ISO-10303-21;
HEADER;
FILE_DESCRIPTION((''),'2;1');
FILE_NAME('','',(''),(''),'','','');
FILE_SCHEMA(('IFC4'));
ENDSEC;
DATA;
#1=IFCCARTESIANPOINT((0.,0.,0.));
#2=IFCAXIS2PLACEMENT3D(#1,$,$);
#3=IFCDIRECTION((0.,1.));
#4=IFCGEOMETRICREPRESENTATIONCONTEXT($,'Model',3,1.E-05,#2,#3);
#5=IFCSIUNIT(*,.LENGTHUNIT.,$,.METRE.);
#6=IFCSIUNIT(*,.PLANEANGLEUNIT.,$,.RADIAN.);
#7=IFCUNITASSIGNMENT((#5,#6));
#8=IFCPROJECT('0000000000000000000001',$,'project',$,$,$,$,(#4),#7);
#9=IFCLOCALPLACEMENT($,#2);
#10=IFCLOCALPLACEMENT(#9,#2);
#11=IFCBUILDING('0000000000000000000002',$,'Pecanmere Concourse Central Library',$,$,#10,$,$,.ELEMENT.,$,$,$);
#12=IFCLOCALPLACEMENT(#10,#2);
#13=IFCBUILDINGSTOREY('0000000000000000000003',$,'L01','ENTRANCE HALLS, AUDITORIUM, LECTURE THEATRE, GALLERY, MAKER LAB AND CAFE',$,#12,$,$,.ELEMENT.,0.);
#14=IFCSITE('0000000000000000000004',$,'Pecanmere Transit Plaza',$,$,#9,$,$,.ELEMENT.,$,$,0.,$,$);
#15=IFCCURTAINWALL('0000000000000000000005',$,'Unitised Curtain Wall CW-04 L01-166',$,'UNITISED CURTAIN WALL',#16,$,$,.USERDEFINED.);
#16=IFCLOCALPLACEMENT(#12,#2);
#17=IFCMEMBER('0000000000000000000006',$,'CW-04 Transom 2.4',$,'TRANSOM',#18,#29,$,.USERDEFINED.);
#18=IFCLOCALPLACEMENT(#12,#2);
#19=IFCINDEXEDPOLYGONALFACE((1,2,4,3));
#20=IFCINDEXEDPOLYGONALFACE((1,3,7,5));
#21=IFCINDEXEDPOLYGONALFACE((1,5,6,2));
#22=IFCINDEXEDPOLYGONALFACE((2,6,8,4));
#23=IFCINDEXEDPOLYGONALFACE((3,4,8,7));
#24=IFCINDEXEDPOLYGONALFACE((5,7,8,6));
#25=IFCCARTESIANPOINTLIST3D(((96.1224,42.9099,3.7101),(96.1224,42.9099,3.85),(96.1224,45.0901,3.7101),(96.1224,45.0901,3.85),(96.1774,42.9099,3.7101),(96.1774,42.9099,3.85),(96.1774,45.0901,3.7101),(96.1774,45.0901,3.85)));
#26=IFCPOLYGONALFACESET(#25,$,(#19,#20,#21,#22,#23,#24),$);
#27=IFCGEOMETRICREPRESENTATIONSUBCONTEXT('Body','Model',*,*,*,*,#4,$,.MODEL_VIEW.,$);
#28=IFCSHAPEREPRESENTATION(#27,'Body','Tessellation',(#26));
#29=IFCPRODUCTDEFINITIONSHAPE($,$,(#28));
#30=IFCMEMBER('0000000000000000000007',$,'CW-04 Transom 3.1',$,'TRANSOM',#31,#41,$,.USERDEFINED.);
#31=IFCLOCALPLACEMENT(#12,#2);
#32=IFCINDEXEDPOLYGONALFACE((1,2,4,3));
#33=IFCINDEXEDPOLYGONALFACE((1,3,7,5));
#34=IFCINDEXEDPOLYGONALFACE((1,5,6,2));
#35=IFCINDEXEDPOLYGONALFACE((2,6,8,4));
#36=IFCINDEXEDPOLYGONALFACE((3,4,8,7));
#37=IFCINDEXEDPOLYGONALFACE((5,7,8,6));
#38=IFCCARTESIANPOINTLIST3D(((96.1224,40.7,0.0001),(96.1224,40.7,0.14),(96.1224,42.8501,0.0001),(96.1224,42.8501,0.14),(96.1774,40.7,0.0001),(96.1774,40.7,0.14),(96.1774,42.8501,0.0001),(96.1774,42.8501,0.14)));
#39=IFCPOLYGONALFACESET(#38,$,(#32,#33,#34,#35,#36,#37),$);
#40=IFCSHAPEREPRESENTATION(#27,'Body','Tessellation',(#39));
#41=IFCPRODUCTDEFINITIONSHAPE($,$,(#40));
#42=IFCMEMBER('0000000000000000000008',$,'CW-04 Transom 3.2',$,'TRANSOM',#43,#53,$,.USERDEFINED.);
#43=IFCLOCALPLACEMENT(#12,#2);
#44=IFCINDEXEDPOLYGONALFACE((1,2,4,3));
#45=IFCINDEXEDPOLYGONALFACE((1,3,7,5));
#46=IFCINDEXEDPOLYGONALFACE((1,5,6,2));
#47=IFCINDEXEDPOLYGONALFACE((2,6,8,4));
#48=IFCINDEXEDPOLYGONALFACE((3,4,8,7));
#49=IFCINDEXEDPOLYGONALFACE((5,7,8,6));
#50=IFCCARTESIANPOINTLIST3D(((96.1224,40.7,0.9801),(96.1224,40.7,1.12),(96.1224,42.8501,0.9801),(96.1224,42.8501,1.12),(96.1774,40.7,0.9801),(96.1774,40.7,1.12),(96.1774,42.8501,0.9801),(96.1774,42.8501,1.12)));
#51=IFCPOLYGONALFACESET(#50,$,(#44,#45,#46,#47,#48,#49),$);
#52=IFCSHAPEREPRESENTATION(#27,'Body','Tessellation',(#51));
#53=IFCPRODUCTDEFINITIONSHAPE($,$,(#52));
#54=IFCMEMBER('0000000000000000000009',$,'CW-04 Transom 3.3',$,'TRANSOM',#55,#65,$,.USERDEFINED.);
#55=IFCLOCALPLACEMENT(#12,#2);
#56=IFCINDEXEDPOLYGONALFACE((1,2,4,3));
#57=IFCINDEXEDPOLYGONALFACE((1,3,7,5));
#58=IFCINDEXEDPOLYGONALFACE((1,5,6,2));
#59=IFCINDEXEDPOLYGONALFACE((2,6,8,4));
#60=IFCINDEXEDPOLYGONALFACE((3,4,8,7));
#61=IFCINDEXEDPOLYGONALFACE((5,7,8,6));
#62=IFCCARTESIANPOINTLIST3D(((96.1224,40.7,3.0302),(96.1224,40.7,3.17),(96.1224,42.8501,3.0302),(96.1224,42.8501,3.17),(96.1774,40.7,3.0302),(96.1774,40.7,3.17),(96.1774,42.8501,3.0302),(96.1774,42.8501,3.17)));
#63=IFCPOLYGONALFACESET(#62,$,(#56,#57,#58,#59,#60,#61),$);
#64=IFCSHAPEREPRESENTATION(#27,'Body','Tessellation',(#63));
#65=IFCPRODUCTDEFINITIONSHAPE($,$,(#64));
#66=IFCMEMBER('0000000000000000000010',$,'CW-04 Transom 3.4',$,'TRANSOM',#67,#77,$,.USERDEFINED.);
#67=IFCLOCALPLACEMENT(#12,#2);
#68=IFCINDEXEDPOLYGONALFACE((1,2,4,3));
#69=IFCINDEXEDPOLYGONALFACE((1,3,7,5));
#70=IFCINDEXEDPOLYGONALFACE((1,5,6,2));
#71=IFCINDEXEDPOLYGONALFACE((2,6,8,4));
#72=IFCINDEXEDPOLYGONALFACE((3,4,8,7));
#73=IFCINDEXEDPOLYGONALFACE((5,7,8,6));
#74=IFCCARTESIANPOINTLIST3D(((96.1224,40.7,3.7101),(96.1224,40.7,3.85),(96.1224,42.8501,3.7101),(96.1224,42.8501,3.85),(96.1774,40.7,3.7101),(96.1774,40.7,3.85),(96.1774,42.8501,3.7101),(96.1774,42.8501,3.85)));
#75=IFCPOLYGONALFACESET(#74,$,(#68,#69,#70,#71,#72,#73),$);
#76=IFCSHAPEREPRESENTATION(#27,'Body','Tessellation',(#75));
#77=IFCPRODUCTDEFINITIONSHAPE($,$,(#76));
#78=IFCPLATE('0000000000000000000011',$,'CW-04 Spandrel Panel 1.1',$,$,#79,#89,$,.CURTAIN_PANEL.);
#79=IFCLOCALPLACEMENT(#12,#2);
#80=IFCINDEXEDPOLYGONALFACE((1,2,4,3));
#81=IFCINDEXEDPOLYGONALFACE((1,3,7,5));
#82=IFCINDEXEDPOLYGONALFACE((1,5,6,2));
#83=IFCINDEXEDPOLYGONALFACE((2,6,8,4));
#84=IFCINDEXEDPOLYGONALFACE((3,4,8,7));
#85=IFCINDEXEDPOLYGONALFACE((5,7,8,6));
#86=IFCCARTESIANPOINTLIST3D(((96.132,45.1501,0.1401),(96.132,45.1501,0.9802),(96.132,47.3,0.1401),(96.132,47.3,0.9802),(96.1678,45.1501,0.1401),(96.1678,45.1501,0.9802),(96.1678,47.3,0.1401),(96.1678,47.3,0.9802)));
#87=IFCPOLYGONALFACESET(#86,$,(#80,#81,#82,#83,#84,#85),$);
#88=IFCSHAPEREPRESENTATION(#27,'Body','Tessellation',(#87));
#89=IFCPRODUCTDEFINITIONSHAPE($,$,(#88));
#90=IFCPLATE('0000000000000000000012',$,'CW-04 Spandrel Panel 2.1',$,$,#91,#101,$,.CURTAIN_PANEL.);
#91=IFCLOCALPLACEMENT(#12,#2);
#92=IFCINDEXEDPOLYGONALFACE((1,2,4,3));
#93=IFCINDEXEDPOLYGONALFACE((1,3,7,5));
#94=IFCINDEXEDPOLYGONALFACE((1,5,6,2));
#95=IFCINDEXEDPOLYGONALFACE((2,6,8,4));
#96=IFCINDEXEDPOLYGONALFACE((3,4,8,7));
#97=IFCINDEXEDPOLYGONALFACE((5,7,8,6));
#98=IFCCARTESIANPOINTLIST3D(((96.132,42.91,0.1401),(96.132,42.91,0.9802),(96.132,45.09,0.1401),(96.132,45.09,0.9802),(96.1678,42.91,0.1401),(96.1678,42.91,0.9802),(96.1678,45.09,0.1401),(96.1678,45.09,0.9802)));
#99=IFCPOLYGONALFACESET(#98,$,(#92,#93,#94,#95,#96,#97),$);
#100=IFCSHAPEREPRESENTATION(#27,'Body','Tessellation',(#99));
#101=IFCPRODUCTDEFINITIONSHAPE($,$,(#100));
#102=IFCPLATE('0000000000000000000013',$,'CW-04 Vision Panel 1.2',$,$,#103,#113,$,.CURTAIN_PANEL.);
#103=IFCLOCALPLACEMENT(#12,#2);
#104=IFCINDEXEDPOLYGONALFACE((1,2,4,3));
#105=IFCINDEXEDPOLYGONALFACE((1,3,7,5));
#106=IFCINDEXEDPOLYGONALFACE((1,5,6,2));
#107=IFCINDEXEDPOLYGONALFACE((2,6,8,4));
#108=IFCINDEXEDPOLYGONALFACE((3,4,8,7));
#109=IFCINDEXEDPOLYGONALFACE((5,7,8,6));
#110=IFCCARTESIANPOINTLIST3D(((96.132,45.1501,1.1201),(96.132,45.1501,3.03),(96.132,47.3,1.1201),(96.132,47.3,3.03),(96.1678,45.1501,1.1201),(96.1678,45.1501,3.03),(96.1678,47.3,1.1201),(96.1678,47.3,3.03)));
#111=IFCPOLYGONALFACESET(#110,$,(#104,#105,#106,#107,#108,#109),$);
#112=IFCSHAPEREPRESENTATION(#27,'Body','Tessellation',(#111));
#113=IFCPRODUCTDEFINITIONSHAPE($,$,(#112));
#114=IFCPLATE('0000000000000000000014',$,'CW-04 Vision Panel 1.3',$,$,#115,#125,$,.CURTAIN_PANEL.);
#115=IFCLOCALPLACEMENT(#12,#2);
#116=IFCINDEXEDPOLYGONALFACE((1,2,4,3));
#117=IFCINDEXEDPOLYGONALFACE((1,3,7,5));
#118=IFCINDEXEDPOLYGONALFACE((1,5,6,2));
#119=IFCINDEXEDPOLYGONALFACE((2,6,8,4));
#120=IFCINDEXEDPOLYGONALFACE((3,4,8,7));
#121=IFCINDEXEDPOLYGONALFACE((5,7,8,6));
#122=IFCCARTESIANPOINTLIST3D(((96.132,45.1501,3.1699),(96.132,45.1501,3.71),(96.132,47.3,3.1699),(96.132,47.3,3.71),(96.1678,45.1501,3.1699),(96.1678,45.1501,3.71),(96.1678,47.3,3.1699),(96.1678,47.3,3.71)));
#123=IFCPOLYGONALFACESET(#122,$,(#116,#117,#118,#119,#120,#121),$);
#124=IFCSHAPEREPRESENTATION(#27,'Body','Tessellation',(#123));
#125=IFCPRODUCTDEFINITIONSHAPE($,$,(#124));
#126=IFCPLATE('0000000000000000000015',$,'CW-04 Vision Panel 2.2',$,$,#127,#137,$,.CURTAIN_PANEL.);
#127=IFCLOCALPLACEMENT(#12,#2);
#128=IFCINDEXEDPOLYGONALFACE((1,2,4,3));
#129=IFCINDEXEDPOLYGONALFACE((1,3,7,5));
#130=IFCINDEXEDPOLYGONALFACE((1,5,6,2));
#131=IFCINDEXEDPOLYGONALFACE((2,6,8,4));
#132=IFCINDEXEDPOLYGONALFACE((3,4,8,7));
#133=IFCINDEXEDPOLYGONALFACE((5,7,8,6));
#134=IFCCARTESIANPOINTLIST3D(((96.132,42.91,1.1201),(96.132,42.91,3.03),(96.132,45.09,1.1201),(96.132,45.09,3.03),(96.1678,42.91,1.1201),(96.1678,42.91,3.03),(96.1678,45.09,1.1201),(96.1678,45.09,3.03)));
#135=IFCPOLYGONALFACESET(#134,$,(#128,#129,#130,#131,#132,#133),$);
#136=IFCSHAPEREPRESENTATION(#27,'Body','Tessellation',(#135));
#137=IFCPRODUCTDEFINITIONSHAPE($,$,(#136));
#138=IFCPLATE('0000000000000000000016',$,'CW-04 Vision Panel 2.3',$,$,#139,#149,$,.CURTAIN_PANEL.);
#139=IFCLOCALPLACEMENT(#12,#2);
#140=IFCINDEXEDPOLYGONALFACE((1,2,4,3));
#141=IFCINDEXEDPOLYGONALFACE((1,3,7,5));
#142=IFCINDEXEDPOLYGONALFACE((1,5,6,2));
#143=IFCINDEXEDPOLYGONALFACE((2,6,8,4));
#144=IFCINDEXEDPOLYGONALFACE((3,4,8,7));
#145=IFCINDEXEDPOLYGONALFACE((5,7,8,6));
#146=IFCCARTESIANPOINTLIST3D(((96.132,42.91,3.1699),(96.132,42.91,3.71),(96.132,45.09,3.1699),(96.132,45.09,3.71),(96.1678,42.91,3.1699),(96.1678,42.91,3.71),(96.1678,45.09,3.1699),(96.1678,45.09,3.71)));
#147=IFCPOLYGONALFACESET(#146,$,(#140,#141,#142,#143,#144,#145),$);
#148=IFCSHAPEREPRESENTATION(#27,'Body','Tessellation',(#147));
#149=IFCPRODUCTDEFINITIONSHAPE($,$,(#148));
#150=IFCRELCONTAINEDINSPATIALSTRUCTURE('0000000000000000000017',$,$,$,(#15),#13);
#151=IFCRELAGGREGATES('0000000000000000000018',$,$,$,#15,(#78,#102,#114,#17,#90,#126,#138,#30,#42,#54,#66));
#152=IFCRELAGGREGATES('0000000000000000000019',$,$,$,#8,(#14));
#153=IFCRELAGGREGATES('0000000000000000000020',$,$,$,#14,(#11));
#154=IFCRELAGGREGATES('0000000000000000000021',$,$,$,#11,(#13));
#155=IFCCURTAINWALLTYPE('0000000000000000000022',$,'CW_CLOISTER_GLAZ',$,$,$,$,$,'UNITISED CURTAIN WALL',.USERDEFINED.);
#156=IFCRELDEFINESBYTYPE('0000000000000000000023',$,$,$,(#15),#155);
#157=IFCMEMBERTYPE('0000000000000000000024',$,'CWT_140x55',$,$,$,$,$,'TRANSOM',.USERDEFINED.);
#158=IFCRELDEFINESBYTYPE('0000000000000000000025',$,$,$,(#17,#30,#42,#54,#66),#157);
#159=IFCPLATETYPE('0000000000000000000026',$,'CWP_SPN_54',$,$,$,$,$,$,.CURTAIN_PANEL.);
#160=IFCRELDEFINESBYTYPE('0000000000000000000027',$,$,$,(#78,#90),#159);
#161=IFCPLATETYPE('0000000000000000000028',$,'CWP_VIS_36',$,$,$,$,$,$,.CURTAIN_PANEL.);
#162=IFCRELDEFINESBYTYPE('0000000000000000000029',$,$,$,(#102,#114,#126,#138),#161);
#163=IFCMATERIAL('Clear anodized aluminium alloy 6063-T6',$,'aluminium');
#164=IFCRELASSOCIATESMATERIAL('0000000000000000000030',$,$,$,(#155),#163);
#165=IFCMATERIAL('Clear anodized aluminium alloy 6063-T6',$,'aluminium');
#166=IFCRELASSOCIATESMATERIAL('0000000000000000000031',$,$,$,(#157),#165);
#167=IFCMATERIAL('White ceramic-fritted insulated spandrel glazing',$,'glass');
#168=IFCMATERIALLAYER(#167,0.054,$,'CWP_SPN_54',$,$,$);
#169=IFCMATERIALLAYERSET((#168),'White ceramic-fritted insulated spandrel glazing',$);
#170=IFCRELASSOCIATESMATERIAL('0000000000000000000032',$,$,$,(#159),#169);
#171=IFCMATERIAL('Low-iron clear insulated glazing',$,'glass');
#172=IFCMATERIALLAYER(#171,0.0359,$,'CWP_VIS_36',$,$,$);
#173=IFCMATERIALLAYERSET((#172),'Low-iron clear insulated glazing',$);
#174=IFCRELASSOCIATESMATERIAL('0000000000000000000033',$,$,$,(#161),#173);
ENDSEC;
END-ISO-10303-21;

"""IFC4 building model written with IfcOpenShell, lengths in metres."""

from ifc_helpers import new_model, si_unit, direction, frame, origin, origin_2d, place, context, subcontext, project, spatial, rectangle, extrude, material, layer, layer_set, material_profile, profile_set, type_object, element, aggregate, save


model = new_model("IFC4")

# Units and contexts
model_context = context("Model", 3, precision=1e-05, world=origin(), true_north=direction((0.0, 1.0)))
body_context = subcontext(model_context, "Body", "Model", "MODEL_VIEW")
ifc_project = project(units=[si_unit("LENGTHUNIT", "METRE"), si_unit("PLANEANGLEUNIT", "RADIAN")], contexts=[model_context])

# Site, building, storey
site_placement = place(None, origin())
site = spatial("IfcSite", under=ifc_project, at=site_placement, Name="Pecanmere Transit Plaza", CompositionType="ELEMENT", RefElevation=0.0)
building_placement = place(site_placement, origin())
building = spatial("IfcBuilding", under=site, at=building_placement, Name="Pecanmere Concourse Central Library", CompositionType="ELEMENT")
storey_placement = place(building_placement, origin())
storey = spatial("IfcBuildingStorey", under=building, at=storey_placement, Name="L01", Description="ENTRANCE HALLS, AUDITORIUM, LECTURE THEATRE, GALLERY, MAKER LAB AND CAFE", CompositionType="ELEMENT", Elevation=0.0)

# Curtain wall, members, plates
ifc_material_1 = material(Name="Clear anodized aluminium alloy 6063-T6", Category="aluminium")
curtain_wall_type = type_object("IfcCurtainWallType", Name="CW_CLOISTER_GLAZ", ElementType="UNITISED CURTAIN WALL", PredefinedType="USERDEFINED", material=ifc_material_1)
curtain_wall_placement = place(storey_placement, origin())
curtain_wall = element("IfcCurtainWall", 1, at=curtain_wall_placement, inside=storey, type_object=curtain_wall_type, Name="Unitised Curtain Wall CW-04 L01-166", ObjectType="UNITISED CURTAIN WALL", PredefinedType="USERDEFINED")
ifc_material_2 = material(Name="Clear anodized aluminium alloy 6063-T6", Category="aluminium")
ifc_material_profile_1 = material_profile(ifc_material_2, rectangle(XDim=0.0549, YDim=0.1399, at=origin_2d()), Name="AL 55x140")
ifc_profile_set_1 = profile_set([ifc_material_profile_1], Name="Clear anodized aluminium alloy 6063-T6")
member_type_1 = type_object("IfcMemberType", Name="CWT_140x55", ElementType="TRANSOM", PredefinedType="USERDEFINED", material=ifc_profile_set_1)
member_1_placement = place(storey_placement, frame((96.1499, 45.0901, 3.78), z_axis=(0.0, -1.0, 0.0), x_axis=(1.0, 0.0, 0.0)))
member_1 = element("IfcMember", 2, at=member_1_placement, type_object=member_type_1, Name="CW-04 Transom 2.4", ObjectType="TRANSOM", PredefinedType="USERDEFINED", context=body_context, shape_type="SweptSolid", body=[
    extrude(rectangle(XDim=0.0549, YDim=0.1399, at=origin_2d()), origin(), (0.0, 0.0, 1.0), 2.1802),
])
member_2_placement = place(storey_placement, frame((96.1499, 42.8501, 0.0701), z_axis=(0.0, -1.0, 0.0), x_axis=(1.0, 0.0, 0.0)))
member_2 = element("IfcMember", 3, at=member_2_placement, type_object=member_type_1, Name="CW-04 Transom 3.1", ObjectType="TRANSOM", PredefinedType="USERDEFINED", context=body_context, shape_type="SweptSolid", body=[
    extrude(rectangle(XDim=0.0549, YDim=0.1399, at=origin_2d()), origin(), (0.0, 0.0, 1.0), 2.1501),
])
member_3_placement = place(storey_placement, frame((96.1499, 42.8501, 1.05), z_axis=(0.0, -1.0, 0.0), x_axis=(1.0, 0.0, 0.0)))
member_3 = element("IfcMember", 4, at=member_3_placement, type_object=member_type_1, Name="CW-04 Transom 3.2", ObjectType="TRANSOM", PredefinedType="USERDEFINED", context=body_context, shape_type="SweptSolid", body=[
    extrude(rectangle(XDim=0.0549, YDim=0.1399, at=origin_2d()), origin(), (0.0, 0.0, 1.0), 2.1501),
])
member_4_placement = place(storey_placement, frame((96.1499, 42.8501, 3.1001), z_axis=(0.0, -1.0, 0.0), x_axis=(1.0, 0.0, 0.0)))
member_4 = element("IfcMember", 5, at=member_4_placement, type_object=member_type_1, Name="CW-04 Transom 3.3", ObjectType="TRANSOM", PredefinedType="USERDEFINED", context=body_context, shape_type="SweptSolid", body=[
    extrude(rectangle(XDim=0.0549, YDim=0.1399, at=origin_2d()), origin(), (0.0, 0.0, 1.0), 2.1501),
])
member_5_placement = place(storey_placement, frame((96.1499, 42.8501, 3.78), z_axis=(0.0, -1.0, 0.0), x_axis=(1.0, 0.0, 0.0)))
member_5 = element("IfcMember", 6, at=member_5_placement, type_object=member_type_1, Name="CW-04 Transom 3.4", ObjectType="TRANSOM", PredefinedType="USERDEFINED", context=body_context, shape_type="SweptSolid", body=[
    extrude(rectangle(XDim=0.0549, YDim=0.1399, at=origin_2d()), origin(), (0.0, 0.0, 1.0), 2.1501),
])
ifc_material_3 = material(Name="White ceramic-fritted insulated spandrel glazing", Category="glass")
ifc_layer_1 = layer(ifc_material_3, 0.054, Name="CWP_SPN_54")
ifc_layer_set_1 = layer_set([ifc_layer_1], Name="White ceramic-fritted insulated spandrel glazing")
plate_type_1 = type_object("IfcPlateType", Name="CWP_SPN_54", PredefinedType="CURTAIN_PANEL", material=ifc_layer_set_1)
plate_1_placement = place(storey_placement, frame((96.1499, 46.2251, 0.1401), z_axis=(0.0, 0.0, 1.0), x_axis=(0.0, -1.0, 0.0)))
plate_1 = element("IfcPlate", 7, at=plate_1_placement, type_object=plate_type_1, Name="CW-04 Spandrel Panel 1.1", PredefinedType="CURTAIN_PANEL", context=body_context, shape_type="SweptSolid", body=[
    extrude(rectangle(XDim=2.1499, YDim=0.0359, at=origin_2d()), origin(), (0.0, 0.0, 1.0), 0.8401),
])
plate_2_placement = place(storey_placement, frame((96.1499, 44.0, 0.1401), z_axis=(0.0, 0.0, 1.0), x_axis=(0.0, -1.0, 0.0)))
plate_2 = element("IfcPlate", 8, at=plate_2_placement, type_object=plate_type_1, Name="CW-04 Spandrel Panel 2.1", PredefinedType="CURTAIN_PANEL", context=body_context, shape_type="SweptSolid", body=[
    extrude(rectangle(XDim=2.1799, YDim=0.0359, at=origin_2d()), origin(), (0.0, 0.0, 1.0), 0.8401),
])
ifc_material_4 = material(Name="Low-iron clear insulated glazing", Category="glass")
ifc_layer_2 = layer(ifc_material_4, 0.0359, Name="CWP_VIS_36")
ifc_layer_set_2 = layer_set([ifc_layer_2], Name="Low-iron clear insulated glazing")
plate_type_2 = type_object("IfcPlateType", Name="CWP_VIS_36", PredefinedType="CURTAIN_PANEL", material=ifc_layer_set_2)
plate_3_placement = place(storey_placement, frame((96.1499, 46.2251, 1.1201), z_axis=(0.0, 0.0, 1.0), x_axis=(0.0, -1.0, 0.0)))
plate_3 = element("IfcPlate", 9, at=plate_3_placement, type_object=plate_type_2, Name="CW-04 Vision Panel 1.2", PredefinedType="CURTAIN_PANEL", context=body_context, shape_type="SweptSolid", body=[
    extrude(rectangle(XDim=2.1499, YDim=0.0359, at=origin_2d()), origin(), (0.0, 0.0, 1.0), 1.9099),
])
plate_4_placement = place(storey_placement, frame((96.1499, 46.2251, 3.1699), z_axis=(0.0, 0.0, 1.0), x_axis=(0.0, -1.0, 0.0)))
plate_4 = element("IfcPlate", 10, at=plate_4_placement, type_object=plate_type_2, Name="CW-04 Vision Panel 1.3", PredefinedType="CURTAIN_PANEL", context=body_context, shape_type="SweptSolid", body=[
    extrude(rectangle(XDim=2.1499, YDim=0.0359, at=origin_2d()), origin(), (0.0, 0.0, 1.0), 0.54),
])
plate_5_placement = place(storey_placement, frame((96.1499, 44.0, 1.1201), z_axis=(0.0, 0.0, 1.0), x_axis=(0.0, -1.0, 0.0)))
plate_5 = element("IfcPlate", 11, at=plate_5_placement, type_object=plate_type_2, Name="CW-04 Vision Panel 2.2", PredefinedType="CURTAIN_PANEL", context=body_context, shape_type="SweptSolid", body=[
    extrude(rectangle(XDim=2.1799, YDim=0.0359, at=origin_2d()), origin(), (0.0, 0.0, 1.0), 1.9099),
])
plate_6_placement = place(storey_placement, frame((96.1499, 44.0, 3.1699), z_axis=(0.0, 0.0, 1.0), x_axis=(0.0, -1.0, 0.0)))
plate_6 = element("IfcPlate", 12, at=plate_6_placement, type_object=plate_type_2, Name="CW-04 Vision Panel 2.3", PredefinedType="CURTAIN_PANEL", context=body_context, shape_type="SweptSolid", body=[
    extrude(rectangle(XDim=2.1799, YDim=0.0359, at=origin_2d()), origin(), (0.0, 0.0, 1.0), 0.54),
])
aggregate(curtain_wall, [plate_1, plate_3, plate_4, member_1, plate_2, plate_5, plate_6, member_2, member_3, member_4, member_5])

save(model, "model.ifc")
